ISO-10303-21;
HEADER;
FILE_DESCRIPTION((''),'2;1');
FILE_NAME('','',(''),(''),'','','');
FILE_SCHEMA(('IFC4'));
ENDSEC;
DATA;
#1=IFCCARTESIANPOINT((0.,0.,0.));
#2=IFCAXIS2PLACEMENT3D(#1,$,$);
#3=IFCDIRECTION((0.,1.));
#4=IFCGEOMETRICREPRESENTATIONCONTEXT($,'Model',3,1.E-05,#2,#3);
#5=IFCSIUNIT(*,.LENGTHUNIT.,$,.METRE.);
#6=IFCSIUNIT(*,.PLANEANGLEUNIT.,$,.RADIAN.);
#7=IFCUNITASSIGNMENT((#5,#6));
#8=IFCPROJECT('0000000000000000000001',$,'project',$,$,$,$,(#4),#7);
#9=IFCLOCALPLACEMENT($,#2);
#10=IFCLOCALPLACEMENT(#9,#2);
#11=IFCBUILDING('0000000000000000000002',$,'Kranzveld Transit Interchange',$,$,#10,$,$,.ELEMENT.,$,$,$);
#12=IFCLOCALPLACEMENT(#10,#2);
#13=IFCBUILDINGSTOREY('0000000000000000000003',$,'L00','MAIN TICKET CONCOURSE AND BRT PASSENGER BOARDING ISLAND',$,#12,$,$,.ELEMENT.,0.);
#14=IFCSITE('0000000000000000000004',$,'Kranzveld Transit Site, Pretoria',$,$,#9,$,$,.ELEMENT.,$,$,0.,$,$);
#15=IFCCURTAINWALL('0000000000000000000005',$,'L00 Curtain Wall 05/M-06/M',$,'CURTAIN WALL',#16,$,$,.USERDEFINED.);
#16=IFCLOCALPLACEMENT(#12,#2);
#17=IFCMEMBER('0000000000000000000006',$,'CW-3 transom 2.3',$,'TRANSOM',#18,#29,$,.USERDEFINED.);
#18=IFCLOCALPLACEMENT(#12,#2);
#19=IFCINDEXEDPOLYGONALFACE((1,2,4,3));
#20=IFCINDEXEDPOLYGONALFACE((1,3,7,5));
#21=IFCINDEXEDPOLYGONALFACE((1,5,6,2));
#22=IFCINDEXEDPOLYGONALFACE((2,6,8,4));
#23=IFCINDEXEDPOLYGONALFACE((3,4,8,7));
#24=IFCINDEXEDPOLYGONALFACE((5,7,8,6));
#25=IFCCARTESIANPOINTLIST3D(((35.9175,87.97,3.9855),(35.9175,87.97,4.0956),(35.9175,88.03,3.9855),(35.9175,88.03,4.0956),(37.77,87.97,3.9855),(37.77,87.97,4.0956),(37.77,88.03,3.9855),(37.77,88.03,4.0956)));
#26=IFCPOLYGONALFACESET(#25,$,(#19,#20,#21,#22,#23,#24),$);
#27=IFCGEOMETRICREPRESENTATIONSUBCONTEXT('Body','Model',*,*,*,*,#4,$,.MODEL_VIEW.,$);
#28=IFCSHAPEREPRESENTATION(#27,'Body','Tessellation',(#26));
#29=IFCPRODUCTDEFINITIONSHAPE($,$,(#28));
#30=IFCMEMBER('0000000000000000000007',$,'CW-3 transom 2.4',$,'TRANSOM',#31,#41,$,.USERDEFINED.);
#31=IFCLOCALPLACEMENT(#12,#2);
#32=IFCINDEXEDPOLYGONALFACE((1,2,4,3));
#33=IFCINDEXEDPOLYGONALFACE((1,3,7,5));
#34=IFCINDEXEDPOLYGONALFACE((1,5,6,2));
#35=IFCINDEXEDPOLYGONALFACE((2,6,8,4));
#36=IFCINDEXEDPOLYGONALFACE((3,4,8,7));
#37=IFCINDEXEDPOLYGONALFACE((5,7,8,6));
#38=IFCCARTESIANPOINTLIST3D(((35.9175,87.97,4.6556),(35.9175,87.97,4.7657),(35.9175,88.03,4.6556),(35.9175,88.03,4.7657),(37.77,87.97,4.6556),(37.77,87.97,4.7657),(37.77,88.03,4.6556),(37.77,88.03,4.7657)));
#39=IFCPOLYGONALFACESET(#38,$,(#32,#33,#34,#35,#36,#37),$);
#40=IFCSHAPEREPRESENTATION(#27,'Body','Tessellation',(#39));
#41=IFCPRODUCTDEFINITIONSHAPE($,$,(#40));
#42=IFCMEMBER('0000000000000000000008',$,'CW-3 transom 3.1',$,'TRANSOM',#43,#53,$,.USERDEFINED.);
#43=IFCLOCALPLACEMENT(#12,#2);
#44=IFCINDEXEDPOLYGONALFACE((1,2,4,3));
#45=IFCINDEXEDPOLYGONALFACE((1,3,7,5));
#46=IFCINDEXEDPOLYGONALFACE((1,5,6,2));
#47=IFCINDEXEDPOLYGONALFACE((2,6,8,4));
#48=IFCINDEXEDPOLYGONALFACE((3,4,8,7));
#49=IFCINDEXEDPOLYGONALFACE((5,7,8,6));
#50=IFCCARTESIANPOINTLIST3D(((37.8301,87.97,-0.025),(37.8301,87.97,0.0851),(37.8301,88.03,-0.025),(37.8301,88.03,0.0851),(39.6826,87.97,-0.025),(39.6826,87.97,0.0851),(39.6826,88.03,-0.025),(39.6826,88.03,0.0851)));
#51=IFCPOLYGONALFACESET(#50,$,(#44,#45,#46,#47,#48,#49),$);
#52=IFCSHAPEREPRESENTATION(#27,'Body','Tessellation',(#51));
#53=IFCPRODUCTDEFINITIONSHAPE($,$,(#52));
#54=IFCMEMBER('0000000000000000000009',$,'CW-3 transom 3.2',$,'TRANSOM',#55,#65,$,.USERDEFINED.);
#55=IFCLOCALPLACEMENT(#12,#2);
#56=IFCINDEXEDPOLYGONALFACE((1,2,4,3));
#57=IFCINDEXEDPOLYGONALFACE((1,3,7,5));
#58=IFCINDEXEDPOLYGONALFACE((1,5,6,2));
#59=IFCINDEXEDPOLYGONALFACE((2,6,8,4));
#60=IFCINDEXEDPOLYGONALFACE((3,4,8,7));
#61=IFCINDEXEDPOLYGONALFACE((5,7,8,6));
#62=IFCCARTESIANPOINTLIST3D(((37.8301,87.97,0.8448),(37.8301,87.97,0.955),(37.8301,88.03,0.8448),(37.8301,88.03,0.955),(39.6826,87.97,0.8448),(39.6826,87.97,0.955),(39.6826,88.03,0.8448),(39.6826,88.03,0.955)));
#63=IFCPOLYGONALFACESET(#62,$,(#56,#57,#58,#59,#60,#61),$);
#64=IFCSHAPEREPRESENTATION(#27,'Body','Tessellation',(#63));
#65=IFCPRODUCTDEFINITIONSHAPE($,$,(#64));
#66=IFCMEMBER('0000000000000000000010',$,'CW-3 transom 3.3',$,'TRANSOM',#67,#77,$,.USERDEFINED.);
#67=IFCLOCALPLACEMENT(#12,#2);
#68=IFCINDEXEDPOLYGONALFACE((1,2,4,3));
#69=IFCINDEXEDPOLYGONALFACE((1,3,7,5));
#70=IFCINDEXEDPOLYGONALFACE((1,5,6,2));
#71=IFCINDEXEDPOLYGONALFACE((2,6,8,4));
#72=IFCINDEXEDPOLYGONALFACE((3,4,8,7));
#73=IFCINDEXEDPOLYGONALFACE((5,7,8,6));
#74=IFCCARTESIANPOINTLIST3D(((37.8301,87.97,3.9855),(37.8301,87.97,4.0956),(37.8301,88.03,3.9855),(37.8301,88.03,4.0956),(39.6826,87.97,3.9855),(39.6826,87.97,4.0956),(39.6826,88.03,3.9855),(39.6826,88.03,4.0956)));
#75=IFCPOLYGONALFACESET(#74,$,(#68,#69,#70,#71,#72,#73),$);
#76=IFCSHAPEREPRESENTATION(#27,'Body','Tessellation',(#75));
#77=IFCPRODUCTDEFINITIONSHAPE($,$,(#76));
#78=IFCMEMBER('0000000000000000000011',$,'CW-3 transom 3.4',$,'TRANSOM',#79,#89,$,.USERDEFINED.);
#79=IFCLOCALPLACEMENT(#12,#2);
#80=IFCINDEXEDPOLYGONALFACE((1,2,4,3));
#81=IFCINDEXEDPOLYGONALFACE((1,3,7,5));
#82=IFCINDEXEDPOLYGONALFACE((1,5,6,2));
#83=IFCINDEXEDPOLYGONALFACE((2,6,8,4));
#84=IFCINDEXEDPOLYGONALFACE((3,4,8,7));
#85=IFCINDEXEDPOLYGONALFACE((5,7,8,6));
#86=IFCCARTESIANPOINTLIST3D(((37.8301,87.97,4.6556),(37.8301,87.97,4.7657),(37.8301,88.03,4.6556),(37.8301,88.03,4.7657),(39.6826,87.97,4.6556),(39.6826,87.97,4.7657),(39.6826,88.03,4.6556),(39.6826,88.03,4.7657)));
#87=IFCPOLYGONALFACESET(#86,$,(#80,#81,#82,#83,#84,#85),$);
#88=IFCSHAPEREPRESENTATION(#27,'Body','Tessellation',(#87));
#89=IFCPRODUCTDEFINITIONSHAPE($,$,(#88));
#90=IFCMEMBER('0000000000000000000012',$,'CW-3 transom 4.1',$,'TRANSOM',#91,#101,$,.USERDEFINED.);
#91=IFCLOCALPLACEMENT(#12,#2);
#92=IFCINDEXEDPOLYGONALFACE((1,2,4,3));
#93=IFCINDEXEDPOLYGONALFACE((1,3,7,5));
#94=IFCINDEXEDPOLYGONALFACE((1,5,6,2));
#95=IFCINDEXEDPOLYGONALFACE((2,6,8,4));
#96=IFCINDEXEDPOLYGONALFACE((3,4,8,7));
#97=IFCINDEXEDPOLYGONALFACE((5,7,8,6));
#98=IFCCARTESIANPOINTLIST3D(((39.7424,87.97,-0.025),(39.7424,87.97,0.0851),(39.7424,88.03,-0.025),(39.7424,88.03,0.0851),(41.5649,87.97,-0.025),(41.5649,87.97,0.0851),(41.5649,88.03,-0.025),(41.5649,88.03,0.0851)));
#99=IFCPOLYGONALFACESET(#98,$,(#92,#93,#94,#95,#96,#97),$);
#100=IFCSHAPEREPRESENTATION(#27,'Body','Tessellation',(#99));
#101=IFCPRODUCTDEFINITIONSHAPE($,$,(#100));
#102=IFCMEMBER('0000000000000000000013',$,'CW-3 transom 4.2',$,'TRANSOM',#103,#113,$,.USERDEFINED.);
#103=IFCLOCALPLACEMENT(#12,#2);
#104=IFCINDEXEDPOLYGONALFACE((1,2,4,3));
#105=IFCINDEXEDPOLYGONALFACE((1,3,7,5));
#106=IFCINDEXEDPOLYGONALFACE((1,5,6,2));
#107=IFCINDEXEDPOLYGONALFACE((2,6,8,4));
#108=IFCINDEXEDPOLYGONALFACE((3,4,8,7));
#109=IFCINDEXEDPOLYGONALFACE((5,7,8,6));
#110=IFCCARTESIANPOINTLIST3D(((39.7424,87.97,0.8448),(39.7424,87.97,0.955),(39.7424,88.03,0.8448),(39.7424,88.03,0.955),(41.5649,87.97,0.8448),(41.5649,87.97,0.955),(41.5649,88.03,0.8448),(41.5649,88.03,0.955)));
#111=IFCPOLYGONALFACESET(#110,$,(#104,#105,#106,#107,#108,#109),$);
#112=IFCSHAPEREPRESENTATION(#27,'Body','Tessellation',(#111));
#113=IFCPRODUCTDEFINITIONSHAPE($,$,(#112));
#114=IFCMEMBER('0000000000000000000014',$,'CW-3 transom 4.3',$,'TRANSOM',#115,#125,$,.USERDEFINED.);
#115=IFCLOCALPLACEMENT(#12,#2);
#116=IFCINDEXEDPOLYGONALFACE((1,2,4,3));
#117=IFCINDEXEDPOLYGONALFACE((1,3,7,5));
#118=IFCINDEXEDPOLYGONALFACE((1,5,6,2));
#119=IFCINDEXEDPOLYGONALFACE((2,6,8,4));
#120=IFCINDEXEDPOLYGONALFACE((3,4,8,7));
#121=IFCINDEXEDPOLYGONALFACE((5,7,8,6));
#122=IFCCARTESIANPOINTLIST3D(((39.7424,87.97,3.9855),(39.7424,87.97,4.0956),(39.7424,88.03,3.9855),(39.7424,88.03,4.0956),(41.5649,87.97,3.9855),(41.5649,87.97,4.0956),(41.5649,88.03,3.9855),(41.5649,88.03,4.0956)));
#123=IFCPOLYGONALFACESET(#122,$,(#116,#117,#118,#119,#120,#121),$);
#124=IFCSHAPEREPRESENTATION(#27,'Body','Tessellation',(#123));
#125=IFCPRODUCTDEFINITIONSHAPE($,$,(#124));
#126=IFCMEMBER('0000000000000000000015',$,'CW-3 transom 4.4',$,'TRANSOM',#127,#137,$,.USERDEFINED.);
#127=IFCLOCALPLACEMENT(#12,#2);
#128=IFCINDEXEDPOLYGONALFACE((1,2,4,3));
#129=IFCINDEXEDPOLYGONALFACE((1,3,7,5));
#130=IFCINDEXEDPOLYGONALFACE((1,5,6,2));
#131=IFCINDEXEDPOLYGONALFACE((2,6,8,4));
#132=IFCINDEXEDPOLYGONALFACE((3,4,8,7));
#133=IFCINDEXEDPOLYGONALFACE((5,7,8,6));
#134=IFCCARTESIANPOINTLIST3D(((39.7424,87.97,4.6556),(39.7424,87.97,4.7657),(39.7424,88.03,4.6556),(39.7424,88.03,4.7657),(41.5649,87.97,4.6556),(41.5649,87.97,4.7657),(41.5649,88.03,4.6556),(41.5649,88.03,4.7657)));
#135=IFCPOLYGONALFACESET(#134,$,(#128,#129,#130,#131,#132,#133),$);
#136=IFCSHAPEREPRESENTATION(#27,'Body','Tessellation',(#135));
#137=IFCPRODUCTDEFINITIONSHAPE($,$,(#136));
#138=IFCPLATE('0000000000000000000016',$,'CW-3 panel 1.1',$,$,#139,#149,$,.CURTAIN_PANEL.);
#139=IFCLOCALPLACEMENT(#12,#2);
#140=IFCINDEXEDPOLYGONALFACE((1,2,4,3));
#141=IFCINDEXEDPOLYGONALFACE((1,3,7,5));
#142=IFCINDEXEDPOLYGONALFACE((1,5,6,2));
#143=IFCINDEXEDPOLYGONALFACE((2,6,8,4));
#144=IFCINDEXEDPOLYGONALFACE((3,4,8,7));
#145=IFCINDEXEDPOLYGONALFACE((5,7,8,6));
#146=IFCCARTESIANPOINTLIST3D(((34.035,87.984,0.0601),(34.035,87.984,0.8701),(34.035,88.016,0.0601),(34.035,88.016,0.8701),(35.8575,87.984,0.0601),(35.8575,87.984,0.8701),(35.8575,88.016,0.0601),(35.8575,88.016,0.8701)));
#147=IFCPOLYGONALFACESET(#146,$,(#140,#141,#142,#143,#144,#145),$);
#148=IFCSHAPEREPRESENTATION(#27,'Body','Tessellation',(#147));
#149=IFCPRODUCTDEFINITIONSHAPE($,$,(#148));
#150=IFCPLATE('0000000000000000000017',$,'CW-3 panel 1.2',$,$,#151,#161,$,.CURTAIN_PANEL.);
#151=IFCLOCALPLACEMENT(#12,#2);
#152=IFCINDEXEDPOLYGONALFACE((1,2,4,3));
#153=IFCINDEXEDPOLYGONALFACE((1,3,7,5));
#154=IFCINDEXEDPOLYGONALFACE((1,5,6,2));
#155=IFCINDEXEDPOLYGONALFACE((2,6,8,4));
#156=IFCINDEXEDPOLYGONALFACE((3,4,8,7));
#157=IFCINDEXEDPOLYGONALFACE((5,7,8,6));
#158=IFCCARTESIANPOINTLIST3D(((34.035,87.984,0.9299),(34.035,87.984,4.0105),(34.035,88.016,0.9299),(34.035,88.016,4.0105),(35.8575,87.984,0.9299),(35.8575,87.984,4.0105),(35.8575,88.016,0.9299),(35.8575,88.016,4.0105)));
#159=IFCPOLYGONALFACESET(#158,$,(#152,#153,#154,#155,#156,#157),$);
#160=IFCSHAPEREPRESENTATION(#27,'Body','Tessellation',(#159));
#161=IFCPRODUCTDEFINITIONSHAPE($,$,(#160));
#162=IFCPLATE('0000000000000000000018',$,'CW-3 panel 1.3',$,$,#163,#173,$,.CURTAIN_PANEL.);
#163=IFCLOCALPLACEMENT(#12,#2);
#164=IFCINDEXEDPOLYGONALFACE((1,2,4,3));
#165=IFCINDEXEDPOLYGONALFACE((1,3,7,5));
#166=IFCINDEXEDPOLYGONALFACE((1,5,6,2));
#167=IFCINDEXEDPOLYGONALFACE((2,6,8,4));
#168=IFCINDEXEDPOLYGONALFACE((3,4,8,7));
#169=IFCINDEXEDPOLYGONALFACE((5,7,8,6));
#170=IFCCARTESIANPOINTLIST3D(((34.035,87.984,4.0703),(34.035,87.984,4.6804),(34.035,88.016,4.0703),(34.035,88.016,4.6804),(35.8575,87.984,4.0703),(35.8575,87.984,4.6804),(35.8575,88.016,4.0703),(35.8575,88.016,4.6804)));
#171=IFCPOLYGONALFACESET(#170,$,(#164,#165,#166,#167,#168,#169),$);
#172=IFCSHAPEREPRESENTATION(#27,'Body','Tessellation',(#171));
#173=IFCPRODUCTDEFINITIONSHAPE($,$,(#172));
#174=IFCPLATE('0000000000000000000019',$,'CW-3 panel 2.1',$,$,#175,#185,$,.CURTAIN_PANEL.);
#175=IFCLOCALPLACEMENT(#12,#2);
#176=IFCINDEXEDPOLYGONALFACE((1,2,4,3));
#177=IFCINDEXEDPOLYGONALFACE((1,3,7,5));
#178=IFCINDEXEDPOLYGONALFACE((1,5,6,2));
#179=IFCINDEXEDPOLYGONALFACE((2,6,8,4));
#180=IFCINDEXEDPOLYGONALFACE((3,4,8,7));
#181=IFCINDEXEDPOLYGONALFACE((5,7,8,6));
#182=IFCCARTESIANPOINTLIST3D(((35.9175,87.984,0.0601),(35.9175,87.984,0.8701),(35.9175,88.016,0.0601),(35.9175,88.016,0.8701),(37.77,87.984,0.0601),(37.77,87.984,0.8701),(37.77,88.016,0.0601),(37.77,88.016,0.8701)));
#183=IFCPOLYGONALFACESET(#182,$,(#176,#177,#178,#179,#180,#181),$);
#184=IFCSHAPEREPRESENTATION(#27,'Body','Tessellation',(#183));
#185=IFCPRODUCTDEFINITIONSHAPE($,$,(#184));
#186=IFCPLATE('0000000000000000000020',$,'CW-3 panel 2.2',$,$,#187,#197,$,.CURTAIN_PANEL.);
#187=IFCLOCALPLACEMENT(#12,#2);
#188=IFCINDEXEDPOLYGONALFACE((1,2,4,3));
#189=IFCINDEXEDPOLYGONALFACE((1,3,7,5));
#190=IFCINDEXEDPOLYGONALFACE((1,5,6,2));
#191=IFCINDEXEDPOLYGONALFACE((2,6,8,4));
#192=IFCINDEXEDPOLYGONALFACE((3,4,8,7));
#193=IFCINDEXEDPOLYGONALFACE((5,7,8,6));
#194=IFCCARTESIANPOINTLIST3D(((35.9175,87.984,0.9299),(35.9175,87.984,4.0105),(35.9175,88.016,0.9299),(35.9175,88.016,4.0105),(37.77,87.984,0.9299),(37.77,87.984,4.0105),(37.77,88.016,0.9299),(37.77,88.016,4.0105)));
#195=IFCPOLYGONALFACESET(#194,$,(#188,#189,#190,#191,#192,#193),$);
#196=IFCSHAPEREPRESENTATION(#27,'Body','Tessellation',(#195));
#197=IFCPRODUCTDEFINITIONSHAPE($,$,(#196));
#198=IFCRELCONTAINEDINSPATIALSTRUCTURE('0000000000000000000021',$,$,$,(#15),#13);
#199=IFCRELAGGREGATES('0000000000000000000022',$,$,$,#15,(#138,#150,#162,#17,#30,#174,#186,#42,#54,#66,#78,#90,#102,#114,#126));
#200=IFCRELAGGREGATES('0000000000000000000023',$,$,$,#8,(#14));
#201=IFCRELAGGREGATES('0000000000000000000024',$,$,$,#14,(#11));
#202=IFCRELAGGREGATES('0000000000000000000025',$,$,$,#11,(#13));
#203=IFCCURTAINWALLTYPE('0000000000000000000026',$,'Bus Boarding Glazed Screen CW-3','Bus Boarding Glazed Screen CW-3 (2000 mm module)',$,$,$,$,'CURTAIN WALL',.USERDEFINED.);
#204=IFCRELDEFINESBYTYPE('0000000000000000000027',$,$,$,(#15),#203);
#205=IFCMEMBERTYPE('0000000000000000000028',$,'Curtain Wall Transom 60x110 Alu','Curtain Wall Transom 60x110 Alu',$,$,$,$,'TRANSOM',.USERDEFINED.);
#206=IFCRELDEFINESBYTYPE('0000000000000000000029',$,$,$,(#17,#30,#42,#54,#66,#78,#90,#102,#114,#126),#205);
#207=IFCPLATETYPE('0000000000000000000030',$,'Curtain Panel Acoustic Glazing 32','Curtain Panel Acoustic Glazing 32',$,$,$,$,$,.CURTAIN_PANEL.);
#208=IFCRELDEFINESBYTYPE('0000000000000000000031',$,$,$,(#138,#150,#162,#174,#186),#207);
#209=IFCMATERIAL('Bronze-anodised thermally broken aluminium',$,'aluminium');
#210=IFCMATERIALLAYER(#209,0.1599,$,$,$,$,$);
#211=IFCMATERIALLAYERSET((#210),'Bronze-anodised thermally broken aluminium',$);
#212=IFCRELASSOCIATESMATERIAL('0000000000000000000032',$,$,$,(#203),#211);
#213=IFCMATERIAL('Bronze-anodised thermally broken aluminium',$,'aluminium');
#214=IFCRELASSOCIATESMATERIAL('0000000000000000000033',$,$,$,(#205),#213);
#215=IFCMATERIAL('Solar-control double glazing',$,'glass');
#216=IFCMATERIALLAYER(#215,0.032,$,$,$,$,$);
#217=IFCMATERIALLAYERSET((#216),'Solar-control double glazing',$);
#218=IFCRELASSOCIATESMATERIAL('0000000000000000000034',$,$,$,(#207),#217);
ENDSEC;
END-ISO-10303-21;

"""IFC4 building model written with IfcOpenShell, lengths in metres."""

from ifc_helpers import new_model, si_unit, direction, frame, origin, origin_2d, place, context, subcontext, project, spatial, rectangle, extrude, material, layer, layer_set, material_profile, profile_set, type_object, element, aggregate, save


model = new_model("IFC4")

# Units and contexts
model_context = context("Model", 3, precision=1e-05, world=origin(), true_north=direction((0.0, 1.0)))
body_context = subcontext(model_context, "Body", "Model", "MODEL_VIEW")
ifc_project = project(units=[si_unit("LENGTHUNIT", "METRE"), si_unit("PLANEANGLEUNIT", "RADIAN")], contexts=[model_context])

# Site, building, storey
site_placement = place(None, origin())
site = spatial("IfcSite", under=ifc_project, at=site_placement, Name="Kranzveld Transit Site, Pretoria", CompositionType="ELEMENT", RefElevation=0.0)
building_placement = place(site_placement, origin())
building = spatial("IfcBuilding", under=site, at=building_placement, Name="Kranzveld Transit Interchange", CompositionType="ELEMENT")
storey_placement = place(building_placement, origin())
storey = spatial("IfcBuildingStorey", under=building, at=storey_placement, Name="L00", Description="MAIN TICKET CONCOURSE AND BRT PASSENGER BOARDING ISLAND", CompositionType="ELEMENT", Elevation=0.0)

# Curtain wall, members, plates
ifc_material_1 = material(Name="Bronze-anodised thermally broken aluminium", Category="aluminium")
ifc_layer_1 = layer(ifc_material_1, 0.1599)
ifc_layer_set_1 = layer_set([ifc_layer_1], Name="Bronze-anodised thermally broken aluminium")
curtain_wall_type = type_object("IfcCurtainWallType", Name="Bus Boarding Glazed Screen CW-3", Description="Bus Boarding Glazed Screen CW-3 (2000 mm module)", ElementType="CURTAIN WALL", PredefinedType="USERDEFINED", material=ifc_layer_set_1)
curtain_wall_placement = place(storey_placement, origin())
curtain_wall = element("IfcCurtainWall", 1, at=curtain_wall_placement, inside=storey, type_object=curtain_wall_type, Name="L00 Curtain Wall 05/M-06/M", ObjectType="CURTAIN WALL", PredefinedType="USERDEFINED")
ifc_material_2 = material(Name="Bronze-anodised thermally broken aluminium", Category="aluminium")
ifc_material_profile_1 = material_profile(ifc_material_2, rectangle(XDim=0.0601, YDim=0.1101, at=origin_2d()), Name="ALU TRANSOM 60x110")
ifc_profile_set_1 = profile_set([ifc_material_profile_1], Name="Bronze-anodised thermally broken aluminium")
member_type_1 = type_object("IfcMemberType", Name="Curtain Wall Transom 60x110 Alu", Description="Curtain Wall Transom 60x110 Alu", ElementType="TRANSOM", PredefinedType="USERDEFINED", material=ifc_profile_set_1)
member_1_placement = place(storey_placement, frame((35.9175, 88.0, 4.0405), z_axis=(1.0, 0.0, 0.0), x_axis=(0.0, 1.0, 0.0)))
member_1 = element("IfcMember", 2, at=member_1_placement, type_object=member_type_1, Name="CW-3 transom 2.3", ObjectType="TRANSOM", PredefinedType="USERDEFINED", context=body_context, shape_type="SweptSolid", body=[
    extrude(rectangle(XDim=0.0601, YDim=0.1101, at=origin_2d()), origin(), (0.0, 0.0, 1.0), 1.8525),
])
member_2_placement = place(storey_placement, frame((35.9175, 88.0, 4.7107), z_axis=(1.0, 0.0, 0.0), x_axis=(0.0, 1.0, 0.0)))
member_2 = element("IfcMember", 3, at=member_2_placement, type_object=member_type_1, Name="CW-3 transom 2.4", ObjectType="TRANSOM", PredefinedType="USERDEFINED", context=body_context, shape_type="SweptSolid", body=[
    extrude(rectangle(XDim=0.0601, YDim=0.1101, at=origin_2d()), origin(), (0.0, 0.0, 1.0), 1.8525),
])
member_3_placement = place(storey_placement, frame((37.8301, 88.0, 0.03), z_axis=(1.0, 0.0, 0.0), x_axis=(0.0, 1.0, 0.0)))
member_3 = element("IfcMember", 4, at=member_3_placement, type_object=member_type_1, Name="CW-3 transom 3.1", ObjectType="TRANSOM", PredefinedType="USERDEFINED", context=body_context, shape_type="SweptSolid", body=[
    extrude(rectangle(XDim=0.0601, YDim=0.1101, at=origin_2d()), origin(), (0.0, 0.0, 1.0), 1.8525),
])
member_4_placement = place(storey_placement, frame((37.8301, 88.0, 0.8999), z_axis=(1.0, 0.0, 0.0), x_axis=(0.0, 1.0, 0.0)))
member_4 = element("IfcMember", 5, at=member_4_placement, type_object=member_type_1, Name="CW-3 transom 3.2", ObjectType="TRANSOM", PredefinedType="USERDEFINED", context=body_context, shape_type="SweptSolid", body=[
    extrude(rectangle(XDim=0.0601, YDim=0.1101, at=origin_2d()), origin(), (0.0, 0.0, 1.0), 1.8525),
])
member_5_placement = place(storey_placement, frame((37.8301, 88.0, 4.0405), z_axis=(1.0, 0.0, 0.0), x_axis=(0.0, 1.0, 0.0)))
member_5 = element("IfcMember", 6, at=member_5_placement, type_object=member_type_1, Name="CW-3 transom 3.3", ObjectType="TRANSOM", PredefinedType="USERDEFINED", context=body_context, shape_type="SweptSolid", body=[
    extrude(rectangle(XDim=0.0601, YDim=0.1101, at=origin_2d()), origin(), (0.0, 0.0, 1.0), 1.8525),
])
member_6_placement = place(storey_placement, frame((37.8301, 88.0, 4.7107), z_axis=(1.0, 0.0, 0.0), x_axis=(0.0, 1.0, 0.0)))
member_6 = element("IfcMember", 7, at=member_6_placement, type_object=member_type_1, Name="CW-3 transom 3.4", ObjectType="TRANSOM", PredefinedType="USERDEFINED", context=body_context, shape_type="SweptSolid", body=[
    extrude(rectangle(XDim=0.0601, YDim=0.1101, at=origin_2d()), origin(), (0.0, 0.0, 1.0), 1.8525),
])
member_7_placement = place(storey_placement, frame((39.7424, 88.0, 0.03), z_axis=(1.0, 0.0, 0.0), x_axis=(0.0, 1.0, 0.0)))
member_7 = element("IfcMember", 8, at=member_7_placement, type_object=member_type_1, Name="CW-3 transom 4.1", ObjectType="TRANSOM", PredefinedType="USERDEFINED", context=body_context, shape_type="SweptSolid", body=[
    extrude(rectangle(XDim=0.0601, YDim=0.1101, at=origin_2d()), origin(), (0.0, 0.0, 1.0), 1.8225),
])
member_8_placement = place(storey_placement, frame((39.7424, 88.0, 0.8999), z_axis=(1.0, 0.0, 0.0), x_axis=(0.0, 1.0, 0.0)))
member_8 = element("IfcMember", 9, at=member_8_placement, type_object=member_type_1, Name="CW-3 transom 4.2", ObjectType="TRANSOM", PredefinedType="USERDEFINED", context=body_context, shape_type="SweptSolid", body=[
    extrude(rectangle(XDim=0.0601, YDim=0.1101, at=origin_2d()), origin(), (0.0, 0.0, 1.0), 1.8225),
])
member_9_placement = place(storey_placement, frame((39.7424, 88.0, 4.0405), z_axis=(1.0, 0.0, 0.0), x_axis=(0.0, 1.0, 0.0)))
member_9 = element("IfcMember", 10, at=member_9_placement, type_object=member_type_1, Name="CW-3 transom 4.3", ObjectType="TRANSOM", PredefinedType="USERDEFINED", context=body_context, shape_type="SweptSolid", body=[
    extrude(rectangle(XDim=0.0601, YDim=0.1101, at=origin_2d()), origin(), (0.0, 0.0, 1.0), 1.8225),
])
member_10_placement = place(storey_placement, frame((39.7424, 88.0, 4.7107), z_axis=(1.0, 0.0, 0.0), x_axis=(0.0, 1.0, 0.0)))
member_10 = element("IfcMember", 11, at=member_10_placement, type_object=member_type_1, Name="CW-3 transom 4.4", ObjectType="TRANSOM", PredefinedType="USERDEFINED", context=body_context, shape_type="SweptSolid", body=[
    extrude(rectangle(XDim=0.0601, YDim=0.1101, at=origin_2d()), origin(), (0.0, 0.0, 1.0), 1.8225),
])
ifc_material_3 = material(Name="Solar-control double glazing", Category="glass")
ifc_layer_2 = layer(ifc_material_3, 0.032)
ifc_layer_set_2 = layer_set([ifc_layer_2], Name="Solar-control double glazing")
plate_type = type_object("IfcPlateType", Name="Curtain Panel Acoustic Glazing 32", Description="Curtain Panel Acoustic Glazing 32", PredefinedType="CURTAIN_PANEL", material=ifc_layer_set_2)
plate_1_placement = place(storey_placement, frame((34.9463, 88.0, 0.0601), z_axis=(0.0, 0.0, 1.0), x_axis=(1.0, 0.0, 0.0)))
plate_1 = element("IfcPlate", 12, at=plate_1_placement, type_object=plate_type, Name="CW-3 panel 1.1", PredefinedType="CURTAIN_PANEL", context=body_context, shape_type="SweptSolid", body=[
    extrude(rectangle(XDim=1.8225, YDim=0.032, at=origin_2d()), origin(), (0.0, 0.0, 1.0), 0.8101),
])
plate_2_placement = place(storey_placement, frame((34.9463, 88.0, 0.9299), z_axis=(0.0, 0.0, 1.0), x_axis=(1.0, 0.0, 0.0)))
plate_2 = element("IfcPlate", 13, at=plate_2_placement, type_object=plate_type, Name="CW-3 panel 1.2", PredefinedType="CURTAIN_PANEL", context=body_context, shape_type="SweptSolid", body=[
    extrude(rectangle(XDim=1.8225, YDim=0.032, at=origin_2d()), origin(), (0.0, 0.0, 1.0), 3.0806),
])
plate_3_placement = place(storey_placement, frame((34.9463, 88.0, 4.0703), z_axis=(0.0, 0.0, 1.0), x_axis=(1.0, 0.0, 0.0)))
plate_3 = element("IfcPlate", 14, at=plate_3_placement, type_object=plate_type, Name="CW-3 panel 1.3", PredefinedType="CURTAIN_PANEL", context=body_context, shape_type="SweptSolid", body=[
    extrude(rectangle(XDim=1.8225, YDim=0.032, at=origin_2d()), origin(), (0.0, 0.0, 1.0), 0.6101),
])
plate_4_placement = place(storey_placement, frame((36.8438, 88.0, 0.0601), z_axis=(0.0, 0.0, 1.0), x_axis=(1.0, 0.0, 0.0)))
plate_4 = element("IfcPlate", 15, at=plate_4_placement, type_object=plate_type, Name="CW-3 panel 2.1", PredefinedType="CURTAIN_PANEL", context=body_context, shape_type="SweptSolid", body=[
    extrude(rectangle(XDim=1.8525, YDim=0.032, at=origin_2d()), origin(), (0.0, 0.0, 1.0), 0.8101),
])
plate_5_placement = place(storey_placement, frame((36.8438, 88.0, 0.9299), z_axis=(0.0, 0.0, 1.0), x_axis=(1.0, 0.0, 0.0)))
plate_5 = element("IfcPlate", 16, at=plate_5_placement, type_object=plate_type, Name="CW-3 panel 2.2", PredefinedType="CURTAIN_PANEL", context=body_context, shape_type="SweptSolid", body=[
    extrude(rectangle(XDim=1.8525, YDim=0.032, at=origin_2d()), origin(), (0.0, 0.0, 1.0), 3.0806),
])
aggregate(curtain_wall, [plate_1, plate_2, plate_3, member_1, member_2, plate_4, plate_5, member_3, member_4, member_5, member_6, member_7, member_8, member_9, member_10])

save(model, "model.ifc")
